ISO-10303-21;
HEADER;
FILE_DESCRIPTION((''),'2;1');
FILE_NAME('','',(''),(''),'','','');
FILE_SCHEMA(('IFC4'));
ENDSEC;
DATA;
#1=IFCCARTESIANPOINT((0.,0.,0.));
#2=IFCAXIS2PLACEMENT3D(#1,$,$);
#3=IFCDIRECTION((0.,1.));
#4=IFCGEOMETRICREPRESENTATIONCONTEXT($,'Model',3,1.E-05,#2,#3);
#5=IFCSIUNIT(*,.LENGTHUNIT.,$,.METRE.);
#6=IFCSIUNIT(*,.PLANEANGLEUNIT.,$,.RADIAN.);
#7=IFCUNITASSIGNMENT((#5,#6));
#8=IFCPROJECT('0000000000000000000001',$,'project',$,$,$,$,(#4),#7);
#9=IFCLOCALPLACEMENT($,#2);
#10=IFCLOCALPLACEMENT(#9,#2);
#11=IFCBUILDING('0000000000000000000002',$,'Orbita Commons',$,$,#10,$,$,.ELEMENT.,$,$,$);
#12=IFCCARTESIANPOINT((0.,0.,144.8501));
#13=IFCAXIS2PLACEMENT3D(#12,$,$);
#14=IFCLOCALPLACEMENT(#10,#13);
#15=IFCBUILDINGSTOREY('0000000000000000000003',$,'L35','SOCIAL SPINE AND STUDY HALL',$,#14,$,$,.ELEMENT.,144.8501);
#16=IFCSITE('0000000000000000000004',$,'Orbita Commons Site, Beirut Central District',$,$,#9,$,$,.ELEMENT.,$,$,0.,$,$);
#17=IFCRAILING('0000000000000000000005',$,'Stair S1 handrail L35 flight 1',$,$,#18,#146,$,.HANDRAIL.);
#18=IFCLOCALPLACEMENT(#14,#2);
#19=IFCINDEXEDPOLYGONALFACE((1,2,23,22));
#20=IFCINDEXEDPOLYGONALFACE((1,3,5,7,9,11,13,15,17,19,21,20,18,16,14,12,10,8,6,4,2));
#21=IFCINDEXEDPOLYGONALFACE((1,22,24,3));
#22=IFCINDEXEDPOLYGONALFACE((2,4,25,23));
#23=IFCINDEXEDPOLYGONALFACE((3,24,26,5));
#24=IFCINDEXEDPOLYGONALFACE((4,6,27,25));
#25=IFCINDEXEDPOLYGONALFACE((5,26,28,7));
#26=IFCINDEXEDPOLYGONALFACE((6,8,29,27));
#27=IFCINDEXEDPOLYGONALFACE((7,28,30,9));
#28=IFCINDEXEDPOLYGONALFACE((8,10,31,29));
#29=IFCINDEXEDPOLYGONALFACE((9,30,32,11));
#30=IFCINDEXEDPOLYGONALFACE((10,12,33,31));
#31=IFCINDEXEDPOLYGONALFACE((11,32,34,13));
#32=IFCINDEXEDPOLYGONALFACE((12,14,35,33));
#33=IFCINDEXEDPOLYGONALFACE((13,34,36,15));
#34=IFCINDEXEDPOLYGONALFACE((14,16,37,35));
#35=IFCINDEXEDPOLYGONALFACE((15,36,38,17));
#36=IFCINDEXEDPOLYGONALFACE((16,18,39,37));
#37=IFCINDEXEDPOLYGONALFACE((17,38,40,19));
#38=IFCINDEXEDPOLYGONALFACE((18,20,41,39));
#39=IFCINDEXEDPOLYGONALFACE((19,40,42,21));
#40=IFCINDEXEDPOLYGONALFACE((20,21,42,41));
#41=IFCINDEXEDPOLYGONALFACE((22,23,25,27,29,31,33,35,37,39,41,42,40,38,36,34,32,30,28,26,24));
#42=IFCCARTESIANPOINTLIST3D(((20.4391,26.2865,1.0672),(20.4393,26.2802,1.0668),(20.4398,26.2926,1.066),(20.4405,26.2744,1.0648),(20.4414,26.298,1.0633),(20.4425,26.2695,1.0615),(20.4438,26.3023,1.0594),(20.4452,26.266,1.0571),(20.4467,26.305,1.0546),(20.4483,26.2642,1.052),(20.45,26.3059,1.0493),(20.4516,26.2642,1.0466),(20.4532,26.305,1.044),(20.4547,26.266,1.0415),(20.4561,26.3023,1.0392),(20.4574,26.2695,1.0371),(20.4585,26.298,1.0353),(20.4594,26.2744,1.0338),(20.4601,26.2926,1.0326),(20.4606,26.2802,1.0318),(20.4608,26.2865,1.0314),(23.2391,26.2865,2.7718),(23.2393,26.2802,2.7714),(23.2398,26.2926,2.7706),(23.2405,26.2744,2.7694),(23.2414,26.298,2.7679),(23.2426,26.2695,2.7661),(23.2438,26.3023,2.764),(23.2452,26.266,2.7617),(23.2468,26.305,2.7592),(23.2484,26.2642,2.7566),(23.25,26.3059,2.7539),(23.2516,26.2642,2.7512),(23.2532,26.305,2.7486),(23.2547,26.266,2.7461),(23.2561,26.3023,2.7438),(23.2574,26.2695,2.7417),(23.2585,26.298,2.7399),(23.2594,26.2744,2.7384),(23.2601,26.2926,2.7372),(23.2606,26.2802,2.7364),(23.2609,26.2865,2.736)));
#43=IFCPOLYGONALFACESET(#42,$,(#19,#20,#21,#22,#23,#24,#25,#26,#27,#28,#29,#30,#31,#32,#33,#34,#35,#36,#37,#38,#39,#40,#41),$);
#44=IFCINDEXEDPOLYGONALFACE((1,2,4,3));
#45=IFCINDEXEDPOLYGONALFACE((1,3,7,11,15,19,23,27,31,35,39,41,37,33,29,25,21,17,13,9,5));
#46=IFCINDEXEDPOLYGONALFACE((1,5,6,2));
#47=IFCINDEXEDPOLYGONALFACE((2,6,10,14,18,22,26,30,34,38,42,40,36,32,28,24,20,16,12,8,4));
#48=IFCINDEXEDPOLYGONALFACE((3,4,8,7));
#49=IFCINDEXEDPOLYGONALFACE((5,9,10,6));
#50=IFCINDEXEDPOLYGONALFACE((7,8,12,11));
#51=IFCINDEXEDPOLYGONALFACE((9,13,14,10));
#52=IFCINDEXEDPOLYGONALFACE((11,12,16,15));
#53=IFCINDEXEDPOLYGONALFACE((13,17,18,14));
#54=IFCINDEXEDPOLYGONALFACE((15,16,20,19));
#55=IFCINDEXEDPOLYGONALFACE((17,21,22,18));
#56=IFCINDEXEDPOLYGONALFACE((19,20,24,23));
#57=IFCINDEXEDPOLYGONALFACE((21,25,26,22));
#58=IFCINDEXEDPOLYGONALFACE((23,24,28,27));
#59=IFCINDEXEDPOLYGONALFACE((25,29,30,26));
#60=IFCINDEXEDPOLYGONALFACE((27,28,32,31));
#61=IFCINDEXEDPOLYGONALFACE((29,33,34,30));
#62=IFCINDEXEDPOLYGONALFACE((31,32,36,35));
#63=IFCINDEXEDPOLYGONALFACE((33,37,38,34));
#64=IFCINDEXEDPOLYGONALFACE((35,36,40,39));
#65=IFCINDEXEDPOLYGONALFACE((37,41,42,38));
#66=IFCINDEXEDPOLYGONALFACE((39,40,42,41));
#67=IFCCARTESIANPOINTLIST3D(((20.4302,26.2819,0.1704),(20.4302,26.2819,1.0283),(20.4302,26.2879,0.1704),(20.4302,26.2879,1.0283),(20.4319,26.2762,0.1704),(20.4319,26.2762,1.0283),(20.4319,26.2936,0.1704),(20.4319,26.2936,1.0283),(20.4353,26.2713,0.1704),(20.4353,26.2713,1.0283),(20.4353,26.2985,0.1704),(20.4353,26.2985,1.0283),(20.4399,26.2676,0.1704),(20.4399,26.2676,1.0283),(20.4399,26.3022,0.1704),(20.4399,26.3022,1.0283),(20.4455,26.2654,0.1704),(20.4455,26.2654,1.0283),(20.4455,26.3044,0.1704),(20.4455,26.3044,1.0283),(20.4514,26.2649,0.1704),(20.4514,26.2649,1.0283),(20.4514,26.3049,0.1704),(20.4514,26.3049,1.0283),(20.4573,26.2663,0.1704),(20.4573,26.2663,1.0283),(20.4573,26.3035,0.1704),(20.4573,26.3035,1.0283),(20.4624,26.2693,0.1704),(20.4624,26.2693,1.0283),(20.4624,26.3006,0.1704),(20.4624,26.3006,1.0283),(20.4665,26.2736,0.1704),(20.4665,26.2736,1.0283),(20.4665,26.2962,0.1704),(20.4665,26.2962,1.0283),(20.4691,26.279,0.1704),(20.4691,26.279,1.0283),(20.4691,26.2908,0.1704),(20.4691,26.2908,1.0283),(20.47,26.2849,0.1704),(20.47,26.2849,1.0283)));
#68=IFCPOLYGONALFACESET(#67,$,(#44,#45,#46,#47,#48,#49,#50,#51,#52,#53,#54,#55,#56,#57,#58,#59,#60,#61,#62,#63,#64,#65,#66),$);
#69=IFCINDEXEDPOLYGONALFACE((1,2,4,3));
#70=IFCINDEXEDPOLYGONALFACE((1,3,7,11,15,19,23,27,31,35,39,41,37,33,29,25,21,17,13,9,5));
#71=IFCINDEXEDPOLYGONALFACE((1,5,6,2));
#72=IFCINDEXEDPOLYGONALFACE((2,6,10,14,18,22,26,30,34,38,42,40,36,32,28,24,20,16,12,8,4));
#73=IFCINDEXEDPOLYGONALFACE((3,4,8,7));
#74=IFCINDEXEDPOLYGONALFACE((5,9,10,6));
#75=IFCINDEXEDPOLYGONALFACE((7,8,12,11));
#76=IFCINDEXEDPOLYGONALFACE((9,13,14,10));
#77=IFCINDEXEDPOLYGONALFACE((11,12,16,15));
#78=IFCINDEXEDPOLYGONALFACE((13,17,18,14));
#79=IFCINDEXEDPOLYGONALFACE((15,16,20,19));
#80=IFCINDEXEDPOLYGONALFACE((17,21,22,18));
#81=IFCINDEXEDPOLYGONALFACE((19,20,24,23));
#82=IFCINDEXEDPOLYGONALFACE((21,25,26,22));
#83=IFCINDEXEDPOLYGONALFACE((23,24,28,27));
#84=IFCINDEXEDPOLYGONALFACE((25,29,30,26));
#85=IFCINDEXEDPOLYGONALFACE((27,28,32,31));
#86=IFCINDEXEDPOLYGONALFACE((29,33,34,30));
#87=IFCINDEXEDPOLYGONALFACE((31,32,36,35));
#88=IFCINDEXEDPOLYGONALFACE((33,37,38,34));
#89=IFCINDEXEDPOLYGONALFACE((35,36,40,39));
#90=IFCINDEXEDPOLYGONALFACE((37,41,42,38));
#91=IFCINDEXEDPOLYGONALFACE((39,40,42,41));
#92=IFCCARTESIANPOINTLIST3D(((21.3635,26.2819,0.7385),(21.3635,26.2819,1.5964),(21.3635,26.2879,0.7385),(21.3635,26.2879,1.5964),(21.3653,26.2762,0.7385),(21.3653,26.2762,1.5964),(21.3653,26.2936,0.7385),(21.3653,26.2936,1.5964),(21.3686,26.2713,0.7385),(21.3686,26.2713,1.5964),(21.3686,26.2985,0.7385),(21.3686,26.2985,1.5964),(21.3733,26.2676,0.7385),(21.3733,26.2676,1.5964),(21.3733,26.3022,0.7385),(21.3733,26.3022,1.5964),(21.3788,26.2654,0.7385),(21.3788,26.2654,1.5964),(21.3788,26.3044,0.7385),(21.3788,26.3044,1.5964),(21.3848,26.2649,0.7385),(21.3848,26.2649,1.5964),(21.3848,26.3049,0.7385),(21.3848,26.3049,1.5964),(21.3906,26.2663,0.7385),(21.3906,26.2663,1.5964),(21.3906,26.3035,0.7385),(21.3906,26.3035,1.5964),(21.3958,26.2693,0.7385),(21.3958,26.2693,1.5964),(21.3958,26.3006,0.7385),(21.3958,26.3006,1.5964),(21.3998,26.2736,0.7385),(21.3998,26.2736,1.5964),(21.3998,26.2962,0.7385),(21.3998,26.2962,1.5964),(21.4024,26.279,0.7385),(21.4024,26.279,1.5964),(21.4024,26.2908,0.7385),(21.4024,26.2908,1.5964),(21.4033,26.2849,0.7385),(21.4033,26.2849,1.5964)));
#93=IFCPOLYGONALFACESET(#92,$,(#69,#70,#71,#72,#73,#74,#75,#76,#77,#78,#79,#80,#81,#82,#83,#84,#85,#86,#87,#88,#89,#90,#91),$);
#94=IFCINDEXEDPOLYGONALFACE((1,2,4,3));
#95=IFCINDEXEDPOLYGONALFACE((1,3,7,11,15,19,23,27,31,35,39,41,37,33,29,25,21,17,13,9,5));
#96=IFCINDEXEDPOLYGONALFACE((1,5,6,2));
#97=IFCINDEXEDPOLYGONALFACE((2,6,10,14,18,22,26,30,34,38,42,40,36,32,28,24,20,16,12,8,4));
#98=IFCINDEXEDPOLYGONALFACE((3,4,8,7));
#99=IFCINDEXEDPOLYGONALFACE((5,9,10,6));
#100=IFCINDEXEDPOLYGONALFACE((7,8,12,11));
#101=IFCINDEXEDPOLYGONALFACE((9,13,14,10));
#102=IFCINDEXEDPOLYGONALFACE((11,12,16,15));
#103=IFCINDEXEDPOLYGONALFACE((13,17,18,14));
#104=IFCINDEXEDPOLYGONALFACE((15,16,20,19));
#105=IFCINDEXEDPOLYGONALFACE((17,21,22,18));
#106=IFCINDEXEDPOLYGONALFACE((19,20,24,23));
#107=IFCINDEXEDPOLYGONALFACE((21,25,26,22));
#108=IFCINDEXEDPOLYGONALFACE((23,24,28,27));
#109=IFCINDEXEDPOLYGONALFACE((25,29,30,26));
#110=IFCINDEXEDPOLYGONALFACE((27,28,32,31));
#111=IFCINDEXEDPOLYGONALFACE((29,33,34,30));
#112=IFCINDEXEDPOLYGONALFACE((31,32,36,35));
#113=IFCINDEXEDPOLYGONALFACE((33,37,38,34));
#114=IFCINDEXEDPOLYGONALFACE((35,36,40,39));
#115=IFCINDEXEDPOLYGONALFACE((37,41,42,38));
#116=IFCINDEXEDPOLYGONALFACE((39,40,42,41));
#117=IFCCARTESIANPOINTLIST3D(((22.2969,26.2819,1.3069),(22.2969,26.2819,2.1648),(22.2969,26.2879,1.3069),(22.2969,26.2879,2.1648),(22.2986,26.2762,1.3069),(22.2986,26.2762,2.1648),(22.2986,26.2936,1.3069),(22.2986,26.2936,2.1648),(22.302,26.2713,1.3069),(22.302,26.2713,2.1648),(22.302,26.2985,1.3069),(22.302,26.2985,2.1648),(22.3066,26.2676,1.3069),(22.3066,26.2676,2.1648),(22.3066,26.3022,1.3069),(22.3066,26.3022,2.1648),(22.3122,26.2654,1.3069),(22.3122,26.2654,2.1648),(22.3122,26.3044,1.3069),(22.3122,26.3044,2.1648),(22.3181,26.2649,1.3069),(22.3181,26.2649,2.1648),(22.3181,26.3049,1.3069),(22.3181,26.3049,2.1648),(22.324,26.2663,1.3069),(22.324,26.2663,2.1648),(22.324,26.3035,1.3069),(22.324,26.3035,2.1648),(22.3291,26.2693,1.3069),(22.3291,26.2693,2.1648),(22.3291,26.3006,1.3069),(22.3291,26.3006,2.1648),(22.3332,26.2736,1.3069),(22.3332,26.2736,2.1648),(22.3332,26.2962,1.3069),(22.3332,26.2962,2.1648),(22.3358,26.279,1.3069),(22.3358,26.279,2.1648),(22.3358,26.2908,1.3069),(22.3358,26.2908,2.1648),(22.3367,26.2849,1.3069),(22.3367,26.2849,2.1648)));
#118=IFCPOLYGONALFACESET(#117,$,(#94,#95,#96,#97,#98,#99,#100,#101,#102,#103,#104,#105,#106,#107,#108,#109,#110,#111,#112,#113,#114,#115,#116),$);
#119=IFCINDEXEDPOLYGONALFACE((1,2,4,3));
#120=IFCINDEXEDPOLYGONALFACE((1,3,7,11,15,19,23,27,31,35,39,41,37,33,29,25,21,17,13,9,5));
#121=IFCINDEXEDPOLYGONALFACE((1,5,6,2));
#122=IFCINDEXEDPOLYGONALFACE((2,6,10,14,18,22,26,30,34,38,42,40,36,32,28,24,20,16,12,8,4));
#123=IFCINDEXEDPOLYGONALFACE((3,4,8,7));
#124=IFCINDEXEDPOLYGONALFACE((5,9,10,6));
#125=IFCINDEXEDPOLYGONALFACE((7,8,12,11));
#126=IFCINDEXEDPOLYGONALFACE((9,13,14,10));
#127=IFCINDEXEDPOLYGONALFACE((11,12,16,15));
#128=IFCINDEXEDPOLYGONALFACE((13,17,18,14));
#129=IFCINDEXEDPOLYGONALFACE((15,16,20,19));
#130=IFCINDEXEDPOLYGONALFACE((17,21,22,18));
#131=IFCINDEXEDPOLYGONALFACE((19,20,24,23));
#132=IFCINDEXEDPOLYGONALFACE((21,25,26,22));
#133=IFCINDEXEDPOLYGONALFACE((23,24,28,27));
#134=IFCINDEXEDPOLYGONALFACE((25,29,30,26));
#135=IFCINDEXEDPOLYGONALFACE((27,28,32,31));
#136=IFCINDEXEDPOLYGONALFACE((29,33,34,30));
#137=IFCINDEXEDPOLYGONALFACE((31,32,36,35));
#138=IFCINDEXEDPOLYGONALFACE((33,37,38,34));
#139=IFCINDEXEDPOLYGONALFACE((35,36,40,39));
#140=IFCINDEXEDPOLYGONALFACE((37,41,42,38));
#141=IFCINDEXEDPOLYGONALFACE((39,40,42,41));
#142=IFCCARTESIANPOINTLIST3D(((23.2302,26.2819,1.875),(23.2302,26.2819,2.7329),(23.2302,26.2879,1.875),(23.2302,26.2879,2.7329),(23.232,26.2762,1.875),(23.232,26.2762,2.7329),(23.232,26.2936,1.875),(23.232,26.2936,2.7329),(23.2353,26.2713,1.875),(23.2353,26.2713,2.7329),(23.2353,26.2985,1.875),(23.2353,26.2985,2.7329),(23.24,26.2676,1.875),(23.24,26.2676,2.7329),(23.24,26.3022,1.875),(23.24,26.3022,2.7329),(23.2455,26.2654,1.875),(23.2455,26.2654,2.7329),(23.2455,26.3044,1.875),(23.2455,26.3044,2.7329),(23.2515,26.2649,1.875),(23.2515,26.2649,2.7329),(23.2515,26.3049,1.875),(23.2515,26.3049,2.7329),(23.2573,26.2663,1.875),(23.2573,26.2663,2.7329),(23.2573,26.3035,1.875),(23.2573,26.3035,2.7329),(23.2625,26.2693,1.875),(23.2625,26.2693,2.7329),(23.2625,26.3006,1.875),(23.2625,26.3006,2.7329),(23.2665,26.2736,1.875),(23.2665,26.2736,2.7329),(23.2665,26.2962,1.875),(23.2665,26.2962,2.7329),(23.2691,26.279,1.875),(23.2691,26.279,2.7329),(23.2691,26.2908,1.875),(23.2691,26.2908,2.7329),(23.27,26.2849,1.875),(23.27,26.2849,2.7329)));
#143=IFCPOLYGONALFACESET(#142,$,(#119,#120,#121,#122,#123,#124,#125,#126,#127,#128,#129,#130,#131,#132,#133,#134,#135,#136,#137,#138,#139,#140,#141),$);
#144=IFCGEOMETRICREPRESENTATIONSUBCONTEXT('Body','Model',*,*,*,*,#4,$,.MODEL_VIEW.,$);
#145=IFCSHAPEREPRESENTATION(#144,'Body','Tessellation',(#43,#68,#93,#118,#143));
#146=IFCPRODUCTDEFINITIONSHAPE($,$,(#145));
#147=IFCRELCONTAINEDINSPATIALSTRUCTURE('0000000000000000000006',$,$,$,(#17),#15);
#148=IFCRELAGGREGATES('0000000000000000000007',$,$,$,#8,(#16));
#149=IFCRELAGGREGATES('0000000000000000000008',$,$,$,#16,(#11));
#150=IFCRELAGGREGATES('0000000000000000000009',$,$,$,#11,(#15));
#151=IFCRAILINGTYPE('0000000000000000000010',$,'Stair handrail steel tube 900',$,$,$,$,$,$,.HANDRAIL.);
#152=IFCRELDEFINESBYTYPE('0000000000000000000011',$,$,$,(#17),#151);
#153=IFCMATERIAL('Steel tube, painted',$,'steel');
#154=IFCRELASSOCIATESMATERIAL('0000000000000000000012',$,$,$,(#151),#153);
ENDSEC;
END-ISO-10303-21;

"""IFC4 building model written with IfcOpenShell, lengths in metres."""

from ifc_helpers import new_model, si_unit, direction, frame, origin, origin_2d, place, context, subcontext, project, spatial, circle, extrude, material, type_object, element, save


model = new_model("IFC4")

# Units and contexts
model_context = context("Model", 3, precision=1e-05, world=origin(), true_north=direction((0.0, 1.0)))
body_context = subcontext(model_context, "Body", "Model", "MODEL_VIEW")
ifc_project = project(units=[si_unit("LENGTHUNIT", "METRE"), si_unit("PLANEANGLEUNIT", "RADIAN")], contexts=[model_context])

# Site, building, storey
site_placement = place(None, origin())
site = spatial("IfcSite", under=ifc_project, at=site_placement, Name="Orbita Commons Site, Beirut Central District", CompositionType="ELEMENT", RefElevation=0.0)
building_placement = place(site_placement, origin())
building = spatial("IfcBuilding", under=site, at=building_placement, Name="Orbita Commons", CompositionType="ELEMENT")
storey_placement = place(building_placement, frame((0.0, 0.0, 144.8501)))
storey = spatial("IfcBuildingStorey", under=building, at=storey_placement, Name="L35", Description="SOCIAL SPINE AND STUDY HALL", CompositionType="ELEMENT", Elevation=144.8501)

# Railing
ifc_material_1 = material(Name="Steel tube, painted", Category="steel")
railing_type = type_object("IfcRailingType", Name="Stair handrail steel tube 900", PredefinedType="HANDRAIL", material=ifc_material_1)
for number, where, name in (
    (1, (20.45, 26.2849, 0.1704), "Stair S1 handrail L35 flight 1"),
):
    element("IfcRailing", number, at=place(storey_placement, frame(where)), inside=storey, type_object=railing_type, Name=name, PredefinedType="HANDRAIL", context=body_context, shape_type="SweptSolid", body=[
        extrude(circle(Radius=0.021, at=origin_2d()), frame((0.0, 0.0, 0.8789), z_axis=(0.85417, 0.0, 0.519994), x_axis=(0.0, 1.0, 0.0)), (0.0, 0.0, 1.0), 3.2781),
        extrude(circle(Radius=0.02, at=origin_2d()), origin(), (0.0, 0.0, 1.0), 0.8579),
        extrude(circle(Radius=0.02, at=origin_2d()), frame((0.9333, 0.0, 0.5681)), (0.0, 0.0, 1.0), 0.8579),
        extrude(circle(Radius=0.02, at=origin_2d()), frame((1.8667, 0.0, 1.1365)), (0.0, 0.0, 1.0), 0.8579),
        extrude(circle(Radius=0.02, at=origin_2d()), frame((2.8, 0.0, 1.7046)), (0.0, 0.0, 1.0), 0.8579),
    ])

save(model, "model.ifc")
